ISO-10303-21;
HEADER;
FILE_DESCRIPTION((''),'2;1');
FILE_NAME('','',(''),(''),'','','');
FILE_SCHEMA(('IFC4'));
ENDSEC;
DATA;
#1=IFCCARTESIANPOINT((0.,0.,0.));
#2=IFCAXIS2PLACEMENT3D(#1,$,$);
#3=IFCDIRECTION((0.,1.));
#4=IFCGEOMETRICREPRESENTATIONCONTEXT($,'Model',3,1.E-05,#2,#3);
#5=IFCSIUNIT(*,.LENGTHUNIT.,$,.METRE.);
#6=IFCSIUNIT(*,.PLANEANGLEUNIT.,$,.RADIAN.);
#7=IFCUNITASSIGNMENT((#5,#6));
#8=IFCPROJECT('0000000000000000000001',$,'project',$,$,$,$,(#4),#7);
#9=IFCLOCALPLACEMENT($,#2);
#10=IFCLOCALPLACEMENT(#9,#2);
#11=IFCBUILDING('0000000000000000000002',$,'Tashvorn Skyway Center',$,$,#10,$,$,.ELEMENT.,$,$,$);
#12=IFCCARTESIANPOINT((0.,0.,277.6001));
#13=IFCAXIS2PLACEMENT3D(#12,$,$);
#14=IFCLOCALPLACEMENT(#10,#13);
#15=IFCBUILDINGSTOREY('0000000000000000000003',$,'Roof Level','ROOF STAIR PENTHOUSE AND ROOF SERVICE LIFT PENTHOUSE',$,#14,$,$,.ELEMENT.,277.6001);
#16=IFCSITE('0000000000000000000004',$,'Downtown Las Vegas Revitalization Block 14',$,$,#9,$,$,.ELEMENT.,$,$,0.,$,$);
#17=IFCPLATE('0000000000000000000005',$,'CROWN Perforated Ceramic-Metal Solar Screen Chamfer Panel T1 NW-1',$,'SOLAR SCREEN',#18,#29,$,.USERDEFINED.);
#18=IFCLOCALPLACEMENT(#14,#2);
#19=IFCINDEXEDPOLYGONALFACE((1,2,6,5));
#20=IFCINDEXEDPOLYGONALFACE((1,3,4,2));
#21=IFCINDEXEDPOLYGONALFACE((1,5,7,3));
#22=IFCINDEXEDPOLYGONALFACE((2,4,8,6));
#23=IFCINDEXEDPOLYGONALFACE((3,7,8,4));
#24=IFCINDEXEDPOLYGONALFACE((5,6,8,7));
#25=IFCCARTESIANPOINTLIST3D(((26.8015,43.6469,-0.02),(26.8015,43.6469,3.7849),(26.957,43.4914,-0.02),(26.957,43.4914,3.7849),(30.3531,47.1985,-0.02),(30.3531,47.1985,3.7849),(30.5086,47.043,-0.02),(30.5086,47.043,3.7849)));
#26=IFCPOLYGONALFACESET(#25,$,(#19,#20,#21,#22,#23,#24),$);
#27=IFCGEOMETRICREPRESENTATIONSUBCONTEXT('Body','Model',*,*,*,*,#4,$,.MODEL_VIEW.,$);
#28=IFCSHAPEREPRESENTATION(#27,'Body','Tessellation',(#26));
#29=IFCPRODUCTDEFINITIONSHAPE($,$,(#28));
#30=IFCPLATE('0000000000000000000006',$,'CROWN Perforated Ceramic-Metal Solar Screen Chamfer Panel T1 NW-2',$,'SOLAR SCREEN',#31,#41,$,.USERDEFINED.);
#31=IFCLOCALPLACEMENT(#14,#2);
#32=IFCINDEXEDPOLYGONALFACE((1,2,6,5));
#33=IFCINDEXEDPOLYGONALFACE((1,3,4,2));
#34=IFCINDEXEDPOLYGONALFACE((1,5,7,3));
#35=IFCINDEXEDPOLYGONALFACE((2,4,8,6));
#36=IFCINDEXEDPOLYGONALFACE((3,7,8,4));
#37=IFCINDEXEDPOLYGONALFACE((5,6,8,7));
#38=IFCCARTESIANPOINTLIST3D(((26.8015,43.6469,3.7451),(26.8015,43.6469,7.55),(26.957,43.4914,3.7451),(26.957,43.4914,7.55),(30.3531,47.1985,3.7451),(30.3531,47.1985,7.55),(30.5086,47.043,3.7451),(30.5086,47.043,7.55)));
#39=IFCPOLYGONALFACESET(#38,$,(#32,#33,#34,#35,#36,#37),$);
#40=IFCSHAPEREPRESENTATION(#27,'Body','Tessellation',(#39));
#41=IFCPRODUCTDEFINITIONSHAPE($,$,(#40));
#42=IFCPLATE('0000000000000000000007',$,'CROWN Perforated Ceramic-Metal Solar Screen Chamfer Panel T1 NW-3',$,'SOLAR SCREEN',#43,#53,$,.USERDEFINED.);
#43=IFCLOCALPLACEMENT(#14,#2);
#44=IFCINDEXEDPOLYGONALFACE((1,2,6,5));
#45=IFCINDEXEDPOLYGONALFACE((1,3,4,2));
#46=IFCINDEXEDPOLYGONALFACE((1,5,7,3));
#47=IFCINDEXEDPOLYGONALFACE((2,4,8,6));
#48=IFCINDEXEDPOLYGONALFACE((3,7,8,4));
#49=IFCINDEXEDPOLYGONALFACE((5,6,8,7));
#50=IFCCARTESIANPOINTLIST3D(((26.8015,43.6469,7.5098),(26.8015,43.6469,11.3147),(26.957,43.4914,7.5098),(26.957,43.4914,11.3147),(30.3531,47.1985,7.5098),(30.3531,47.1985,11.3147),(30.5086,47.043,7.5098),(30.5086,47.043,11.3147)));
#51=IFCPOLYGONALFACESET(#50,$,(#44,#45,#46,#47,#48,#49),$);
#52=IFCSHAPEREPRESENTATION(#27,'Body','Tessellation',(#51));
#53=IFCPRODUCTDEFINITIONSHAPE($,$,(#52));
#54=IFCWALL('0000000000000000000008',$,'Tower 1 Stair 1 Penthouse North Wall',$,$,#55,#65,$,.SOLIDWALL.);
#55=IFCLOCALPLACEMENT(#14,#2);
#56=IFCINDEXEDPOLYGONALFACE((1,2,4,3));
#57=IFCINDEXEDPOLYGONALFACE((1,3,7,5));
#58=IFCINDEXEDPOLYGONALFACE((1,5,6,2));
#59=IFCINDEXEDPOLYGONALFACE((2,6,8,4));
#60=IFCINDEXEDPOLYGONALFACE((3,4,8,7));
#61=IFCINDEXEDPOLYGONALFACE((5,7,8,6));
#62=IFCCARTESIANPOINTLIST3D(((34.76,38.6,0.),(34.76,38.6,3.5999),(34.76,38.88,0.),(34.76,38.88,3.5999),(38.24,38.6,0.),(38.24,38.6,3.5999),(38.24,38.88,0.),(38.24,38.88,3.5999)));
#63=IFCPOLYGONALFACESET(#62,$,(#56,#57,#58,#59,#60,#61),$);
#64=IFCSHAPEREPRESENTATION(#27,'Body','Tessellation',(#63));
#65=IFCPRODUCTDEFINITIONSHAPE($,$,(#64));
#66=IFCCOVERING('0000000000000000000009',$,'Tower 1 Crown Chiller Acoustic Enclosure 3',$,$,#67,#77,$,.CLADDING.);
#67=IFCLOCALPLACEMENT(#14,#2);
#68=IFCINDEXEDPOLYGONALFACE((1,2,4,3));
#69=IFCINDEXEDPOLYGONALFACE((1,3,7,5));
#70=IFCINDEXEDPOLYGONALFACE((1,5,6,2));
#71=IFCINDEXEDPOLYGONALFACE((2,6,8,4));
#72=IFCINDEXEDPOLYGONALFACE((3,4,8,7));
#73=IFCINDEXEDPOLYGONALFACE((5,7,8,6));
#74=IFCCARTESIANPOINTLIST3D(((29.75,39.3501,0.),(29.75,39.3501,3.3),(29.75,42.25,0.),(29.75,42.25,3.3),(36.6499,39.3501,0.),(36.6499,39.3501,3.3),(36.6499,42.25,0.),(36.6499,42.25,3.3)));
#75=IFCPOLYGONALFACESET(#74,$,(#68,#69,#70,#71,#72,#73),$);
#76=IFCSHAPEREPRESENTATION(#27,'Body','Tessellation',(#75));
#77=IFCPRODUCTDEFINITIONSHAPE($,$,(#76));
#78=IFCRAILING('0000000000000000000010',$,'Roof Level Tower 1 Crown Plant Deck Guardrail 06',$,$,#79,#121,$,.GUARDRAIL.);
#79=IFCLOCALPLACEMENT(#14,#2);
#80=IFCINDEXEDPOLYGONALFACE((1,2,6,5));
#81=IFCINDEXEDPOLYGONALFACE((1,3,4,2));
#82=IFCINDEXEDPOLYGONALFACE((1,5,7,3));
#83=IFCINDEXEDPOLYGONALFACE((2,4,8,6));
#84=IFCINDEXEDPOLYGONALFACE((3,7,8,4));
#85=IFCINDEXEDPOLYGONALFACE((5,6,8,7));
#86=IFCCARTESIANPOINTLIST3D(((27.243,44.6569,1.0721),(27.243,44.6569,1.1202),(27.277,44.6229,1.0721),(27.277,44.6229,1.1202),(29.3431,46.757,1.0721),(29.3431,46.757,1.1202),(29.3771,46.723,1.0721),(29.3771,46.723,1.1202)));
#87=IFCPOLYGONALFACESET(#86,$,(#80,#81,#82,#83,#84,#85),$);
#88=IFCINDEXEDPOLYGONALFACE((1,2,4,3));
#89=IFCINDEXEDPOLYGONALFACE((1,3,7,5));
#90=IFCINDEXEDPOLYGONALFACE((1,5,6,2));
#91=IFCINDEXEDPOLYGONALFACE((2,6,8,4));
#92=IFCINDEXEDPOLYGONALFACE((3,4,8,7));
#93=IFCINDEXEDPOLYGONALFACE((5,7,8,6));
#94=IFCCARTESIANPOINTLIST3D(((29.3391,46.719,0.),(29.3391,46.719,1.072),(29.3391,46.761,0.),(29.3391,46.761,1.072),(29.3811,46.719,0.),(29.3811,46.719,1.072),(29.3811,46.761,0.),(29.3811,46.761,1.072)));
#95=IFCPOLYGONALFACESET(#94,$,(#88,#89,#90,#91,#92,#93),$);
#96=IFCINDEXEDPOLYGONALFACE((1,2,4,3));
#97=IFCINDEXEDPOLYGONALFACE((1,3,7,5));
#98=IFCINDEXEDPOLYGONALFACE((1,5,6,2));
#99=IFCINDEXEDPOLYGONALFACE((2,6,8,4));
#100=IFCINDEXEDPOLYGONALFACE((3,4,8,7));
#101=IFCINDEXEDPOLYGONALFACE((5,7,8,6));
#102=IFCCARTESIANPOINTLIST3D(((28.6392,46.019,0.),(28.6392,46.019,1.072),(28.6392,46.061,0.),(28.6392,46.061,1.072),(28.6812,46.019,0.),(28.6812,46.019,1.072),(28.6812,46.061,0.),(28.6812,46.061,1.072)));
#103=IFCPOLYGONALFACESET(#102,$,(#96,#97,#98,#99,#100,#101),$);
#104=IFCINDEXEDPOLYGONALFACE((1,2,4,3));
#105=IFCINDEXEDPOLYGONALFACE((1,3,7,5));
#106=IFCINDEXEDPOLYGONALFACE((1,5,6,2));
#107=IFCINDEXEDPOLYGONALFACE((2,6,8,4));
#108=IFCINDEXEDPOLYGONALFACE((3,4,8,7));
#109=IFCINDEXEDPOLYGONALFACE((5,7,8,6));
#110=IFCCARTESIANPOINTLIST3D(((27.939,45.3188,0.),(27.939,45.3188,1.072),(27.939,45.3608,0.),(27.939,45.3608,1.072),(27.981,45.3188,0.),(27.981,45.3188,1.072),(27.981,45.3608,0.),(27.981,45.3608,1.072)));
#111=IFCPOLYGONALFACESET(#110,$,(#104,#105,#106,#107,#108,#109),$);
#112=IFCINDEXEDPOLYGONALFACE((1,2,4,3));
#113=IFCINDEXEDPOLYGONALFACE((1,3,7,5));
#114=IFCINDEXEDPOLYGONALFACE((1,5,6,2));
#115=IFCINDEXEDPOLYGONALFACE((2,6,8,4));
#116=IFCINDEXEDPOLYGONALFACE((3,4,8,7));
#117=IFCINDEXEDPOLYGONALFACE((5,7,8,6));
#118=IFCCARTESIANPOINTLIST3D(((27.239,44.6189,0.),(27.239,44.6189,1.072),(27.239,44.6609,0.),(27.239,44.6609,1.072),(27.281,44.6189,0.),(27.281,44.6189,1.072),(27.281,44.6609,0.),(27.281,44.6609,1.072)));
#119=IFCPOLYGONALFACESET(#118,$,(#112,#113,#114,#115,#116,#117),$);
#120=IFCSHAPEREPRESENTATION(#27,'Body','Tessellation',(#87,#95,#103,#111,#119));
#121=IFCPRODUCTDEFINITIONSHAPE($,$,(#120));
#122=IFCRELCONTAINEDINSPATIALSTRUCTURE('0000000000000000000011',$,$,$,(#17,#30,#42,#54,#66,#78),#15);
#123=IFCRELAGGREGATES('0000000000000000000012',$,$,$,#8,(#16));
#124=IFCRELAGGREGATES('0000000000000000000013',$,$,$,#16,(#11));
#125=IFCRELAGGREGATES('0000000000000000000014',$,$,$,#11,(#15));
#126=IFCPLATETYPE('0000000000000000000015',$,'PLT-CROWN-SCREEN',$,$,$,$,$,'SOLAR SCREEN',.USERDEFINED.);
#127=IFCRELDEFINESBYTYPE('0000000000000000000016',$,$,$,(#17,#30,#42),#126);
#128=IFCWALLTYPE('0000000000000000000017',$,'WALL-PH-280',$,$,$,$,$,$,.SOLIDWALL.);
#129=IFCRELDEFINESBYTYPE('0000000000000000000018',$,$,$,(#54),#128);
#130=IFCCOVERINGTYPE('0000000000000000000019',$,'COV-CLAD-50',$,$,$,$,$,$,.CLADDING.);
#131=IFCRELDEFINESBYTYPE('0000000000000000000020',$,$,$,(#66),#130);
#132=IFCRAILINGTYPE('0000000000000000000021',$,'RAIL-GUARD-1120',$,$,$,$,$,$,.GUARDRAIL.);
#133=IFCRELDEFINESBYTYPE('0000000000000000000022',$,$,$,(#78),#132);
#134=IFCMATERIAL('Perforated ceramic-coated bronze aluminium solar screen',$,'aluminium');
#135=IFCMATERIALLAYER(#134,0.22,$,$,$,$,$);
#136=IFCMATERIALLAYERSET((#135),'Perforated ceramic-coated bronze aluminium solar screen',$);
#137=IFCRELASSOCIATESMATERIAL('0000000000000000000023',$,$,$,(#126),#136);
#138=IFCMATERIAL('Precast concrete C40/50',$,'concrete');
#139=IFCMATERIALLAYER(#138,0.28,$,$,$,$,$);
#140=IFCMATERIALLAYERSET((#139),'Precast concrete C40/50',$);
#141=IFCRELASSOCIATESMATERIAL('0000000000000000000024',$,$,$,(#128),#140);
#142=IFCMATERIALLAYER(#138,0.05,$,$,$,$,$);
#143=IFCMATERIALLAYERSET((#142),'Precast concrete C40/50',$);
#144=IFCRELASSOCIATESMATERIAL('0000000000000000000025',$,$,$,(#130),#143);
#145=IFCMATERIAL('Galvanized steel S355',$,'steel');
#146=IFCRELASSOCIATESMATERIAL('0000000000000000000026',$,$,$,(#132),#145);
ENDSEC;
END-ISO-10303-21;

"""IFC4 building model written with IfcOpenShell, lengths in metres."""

from ifc_helpers import new_model, si_unit, direction, frame, frame_2d, origin, origin_2d, place, context, subcontext, project, spatial, rectangle, extrude, material, layer, layer_set, type_object, element, save


model = new_model("IFC4")

# Units and contexts
model_context = context("Model", 3, precision=1e-05, world=origin(), true_north=direction((0.0, 1.0)))
body_context = subcontext(model_context, "Body", "Model", "MODEL_VIEW")
ifc_project = project(units=[si_unit("LENGTHUNIT", "METRE"), si_unit("PLANEANGLEUNIT", "RADIAN")], contexts=[model_context])

# Site, building, storey
site_placement = place(None, origin())
site = spatial("IfcSite", under=ifc_project, at=site_placement, Name="Downtown Las Vegas Revitalization Block 14", CompositionType="ELEMENT", RefElevation=0.0)
building_placement = place(site_placement, origin())
building = spatial("IfcBuilding", under=site, at=building_placement, Name="Tashvorn Skyway Center", CompositionType="ELEMENT")
storey_placement = place(building_placement, frame((0.0, 0.0, 277.6001)))
storey = spatial("IfcBuildingStorey", under=building, at=storey_placement, Name="Roof Level", Description="ROOF STAIR PENTHOUSE AND ROOF SERVICE LIFT PENTHOUSE", CompositionType="ELEMENT", Elevation=277.6001)

# Plates
ifc_material_1 = material(Name="Perforated ceramic-coated bronze aluminium solar screen", Category="aluminium")
ifc_layer_1 = layer(ifc_material_1, 0.22)
ifc_layer_set_1 = layer_set([ifc_layer_1], Name="Perforated ceramic-coated bronze aluminium solar screen")
plate_type = type_object("IfcPlateType", Name="PLT-CROWN-SCREEN", ElementType="SOLAR SCREEN", PredefinedType="USERDEFINED", material=ifc_layer_set_1)
for number, where, z_axis, x_axis, name in (
    (1, (28.655, 45.345, -0.02), (0.0, 0.0, 1.0), (-0.707107, -0.707107, 0.0), "CROWN Perforated Ceramic-Metal Solar Screen Chamfer Panel T1 NW-1"),
    (2, (28.655, 45.345, 3.7451), (0.0, 0.0, 1.0), (-0.707107, -0.707107, 0.0), "CROWN Perforated Ceramic-Metal Solar Screen Chamfer Panel T1 NW-2"),
    (3, (28.655, 45.345, 7.5098), (0.0, 0.0, 1.0), (-0.707107, -0.707107, 0.0), "CROWN Perforated Ceramic-Metal Solar Screen Chamfer Panel T1 NW-3"),
):
    element("IfcPlate", number, at=place(storey_placement, frame(where, z_axis=z_axis, x_axis=x_axis)), inside=storey, type_object=plate_type, Name=name, ObjectType="SOLAR SCREEN", PredefinedType="USERDEFINED", context=body_context, shape_type="SweptSolid", body=[
        extrude(rectangle(XDim=5.0227, YDim=0.22, at=origin_2d()), origin(), (0.0, 0.0, 1.0), 3.8049),
    ])

# Wall
ifc_material_2 = material(Name="Precast concrete C40/50", Category="concrete")
ifc_layer_2 = layer(ifc_material_2, 0.28)
ifc_layer_set_2 = layer_set([ifc_layer_2], Name="Precast concrete C40/50")
wall_type = type_object("IfcWallType", Name="WALL-PH-280", PredefinedType="SOLIDWALL", material=ifc_layer_set_2)
wall_placement = place(storey_placement, frame((34.76, 38.74, 0.0), z_axis=(0.0, 0.0, 1.0), x_axis=(1.0, 0.0, 0.0)))
element("IfcWall", 4, at=wall_placement, inside=storey, type_object=wall_type, Name="Tower 1 Stair 1 Penthouse North Wall", PredefinedType="SOLIDWALL", context=body_context, shape_type="SweptSolid", body=[
    extrude(rectangle(XDim=3.48, YDim=0.28, at=frame_2d((1.74, 0.0))), origin(), (0.0, 0.0, 1.0), 3.5999),
])

# Covering
ifc_layer_3 = layer(ifc_material_2, 0.05)
ifc_layer_set_3 = layer_set([ifc_layer_3], Name="Precast concrete C40/50")
covering_type = type_object("IfcCoveringType", Name="COV-CLAD-50", PredefinedType="CLADDING", material=ifc_layer_set_3)
covering_placement = place(storey_placement, frame((33.2, 40.8, 0.0), z_axis=(0.0, 0.0, 1.0), x_axis=(1.0, 0.0, 0.0)))
element("IfcCovering", 5, at=covering_placement, inside=storey, type_object=covering_type, Name="Tower 1 Crown Chiller Acoustic Enclosure 3", PredefinedType="CLADDING", context=body_context, shape_type="SweptSolid", body=[
    extrude(rectangle(XDim=6.8999, YDim=2.8999, at=origin_2d()), origin(), (0.0, 0.0, 1.0), 3.3),
])

# Railing
ifc_material_3 = material(Name="Galvanized steel S355", Category="steel")
railing_type = type_object("IfcRailingType", Name="RAIL-GUARD-1120", PredefinedType="GUARDRAIL", material=ifc_material_3)
railing_1_placement = place(storey_placement, frame((29.3601, 46.74, 0.0)))
element("IfcRailing", 6, at=railing_1_placement, inside=storey, type_object=railing_type, Name="Roof Level Tower 1 Crown Plant Deck Guardrail 06", PredefinedType="GUARDRAIL", context=body_context, shape_type="SweptSolid", body=[
    extrude(rectangle(XDim=0.0481, YDim=0.0481, at=origin_2d()), frame((0.0, 0.0, 1.0962), z_axis=(-0.707107, -0.707107, 0.0), x_axis=(0.707107, -0.707107, 0.0)), (0.0, 0.0, 1.0), 2.97),
    extrude(rectangle(XDim=0.042, YDim=0.042, at=origin_2d()), origin(), (0.0, 0.0, 1.0), 1.072),
    extrude(rectangle(XDim=0.042, YDim=0.042, at=origin_2d()), frame((-0.7, -0.7, 0.0)), (0.0, 0.0, 1.0), 1.072),
    extrude(rectangle(XDim=0.042, YDim=0.042, at=origin_2d()), frame((-1.4001, -1.4001, 0.0)), (0.0, 0.0, 1.0), 1.072),
    extrude(rectangle(XDim=0.042, YDim=0.042, at=origin_2d()), frame((-2.1001, -2.1001, 0.0)), (0.0, 0.0, 1.0), 1.072),
])

save(model, "model.ifc")
